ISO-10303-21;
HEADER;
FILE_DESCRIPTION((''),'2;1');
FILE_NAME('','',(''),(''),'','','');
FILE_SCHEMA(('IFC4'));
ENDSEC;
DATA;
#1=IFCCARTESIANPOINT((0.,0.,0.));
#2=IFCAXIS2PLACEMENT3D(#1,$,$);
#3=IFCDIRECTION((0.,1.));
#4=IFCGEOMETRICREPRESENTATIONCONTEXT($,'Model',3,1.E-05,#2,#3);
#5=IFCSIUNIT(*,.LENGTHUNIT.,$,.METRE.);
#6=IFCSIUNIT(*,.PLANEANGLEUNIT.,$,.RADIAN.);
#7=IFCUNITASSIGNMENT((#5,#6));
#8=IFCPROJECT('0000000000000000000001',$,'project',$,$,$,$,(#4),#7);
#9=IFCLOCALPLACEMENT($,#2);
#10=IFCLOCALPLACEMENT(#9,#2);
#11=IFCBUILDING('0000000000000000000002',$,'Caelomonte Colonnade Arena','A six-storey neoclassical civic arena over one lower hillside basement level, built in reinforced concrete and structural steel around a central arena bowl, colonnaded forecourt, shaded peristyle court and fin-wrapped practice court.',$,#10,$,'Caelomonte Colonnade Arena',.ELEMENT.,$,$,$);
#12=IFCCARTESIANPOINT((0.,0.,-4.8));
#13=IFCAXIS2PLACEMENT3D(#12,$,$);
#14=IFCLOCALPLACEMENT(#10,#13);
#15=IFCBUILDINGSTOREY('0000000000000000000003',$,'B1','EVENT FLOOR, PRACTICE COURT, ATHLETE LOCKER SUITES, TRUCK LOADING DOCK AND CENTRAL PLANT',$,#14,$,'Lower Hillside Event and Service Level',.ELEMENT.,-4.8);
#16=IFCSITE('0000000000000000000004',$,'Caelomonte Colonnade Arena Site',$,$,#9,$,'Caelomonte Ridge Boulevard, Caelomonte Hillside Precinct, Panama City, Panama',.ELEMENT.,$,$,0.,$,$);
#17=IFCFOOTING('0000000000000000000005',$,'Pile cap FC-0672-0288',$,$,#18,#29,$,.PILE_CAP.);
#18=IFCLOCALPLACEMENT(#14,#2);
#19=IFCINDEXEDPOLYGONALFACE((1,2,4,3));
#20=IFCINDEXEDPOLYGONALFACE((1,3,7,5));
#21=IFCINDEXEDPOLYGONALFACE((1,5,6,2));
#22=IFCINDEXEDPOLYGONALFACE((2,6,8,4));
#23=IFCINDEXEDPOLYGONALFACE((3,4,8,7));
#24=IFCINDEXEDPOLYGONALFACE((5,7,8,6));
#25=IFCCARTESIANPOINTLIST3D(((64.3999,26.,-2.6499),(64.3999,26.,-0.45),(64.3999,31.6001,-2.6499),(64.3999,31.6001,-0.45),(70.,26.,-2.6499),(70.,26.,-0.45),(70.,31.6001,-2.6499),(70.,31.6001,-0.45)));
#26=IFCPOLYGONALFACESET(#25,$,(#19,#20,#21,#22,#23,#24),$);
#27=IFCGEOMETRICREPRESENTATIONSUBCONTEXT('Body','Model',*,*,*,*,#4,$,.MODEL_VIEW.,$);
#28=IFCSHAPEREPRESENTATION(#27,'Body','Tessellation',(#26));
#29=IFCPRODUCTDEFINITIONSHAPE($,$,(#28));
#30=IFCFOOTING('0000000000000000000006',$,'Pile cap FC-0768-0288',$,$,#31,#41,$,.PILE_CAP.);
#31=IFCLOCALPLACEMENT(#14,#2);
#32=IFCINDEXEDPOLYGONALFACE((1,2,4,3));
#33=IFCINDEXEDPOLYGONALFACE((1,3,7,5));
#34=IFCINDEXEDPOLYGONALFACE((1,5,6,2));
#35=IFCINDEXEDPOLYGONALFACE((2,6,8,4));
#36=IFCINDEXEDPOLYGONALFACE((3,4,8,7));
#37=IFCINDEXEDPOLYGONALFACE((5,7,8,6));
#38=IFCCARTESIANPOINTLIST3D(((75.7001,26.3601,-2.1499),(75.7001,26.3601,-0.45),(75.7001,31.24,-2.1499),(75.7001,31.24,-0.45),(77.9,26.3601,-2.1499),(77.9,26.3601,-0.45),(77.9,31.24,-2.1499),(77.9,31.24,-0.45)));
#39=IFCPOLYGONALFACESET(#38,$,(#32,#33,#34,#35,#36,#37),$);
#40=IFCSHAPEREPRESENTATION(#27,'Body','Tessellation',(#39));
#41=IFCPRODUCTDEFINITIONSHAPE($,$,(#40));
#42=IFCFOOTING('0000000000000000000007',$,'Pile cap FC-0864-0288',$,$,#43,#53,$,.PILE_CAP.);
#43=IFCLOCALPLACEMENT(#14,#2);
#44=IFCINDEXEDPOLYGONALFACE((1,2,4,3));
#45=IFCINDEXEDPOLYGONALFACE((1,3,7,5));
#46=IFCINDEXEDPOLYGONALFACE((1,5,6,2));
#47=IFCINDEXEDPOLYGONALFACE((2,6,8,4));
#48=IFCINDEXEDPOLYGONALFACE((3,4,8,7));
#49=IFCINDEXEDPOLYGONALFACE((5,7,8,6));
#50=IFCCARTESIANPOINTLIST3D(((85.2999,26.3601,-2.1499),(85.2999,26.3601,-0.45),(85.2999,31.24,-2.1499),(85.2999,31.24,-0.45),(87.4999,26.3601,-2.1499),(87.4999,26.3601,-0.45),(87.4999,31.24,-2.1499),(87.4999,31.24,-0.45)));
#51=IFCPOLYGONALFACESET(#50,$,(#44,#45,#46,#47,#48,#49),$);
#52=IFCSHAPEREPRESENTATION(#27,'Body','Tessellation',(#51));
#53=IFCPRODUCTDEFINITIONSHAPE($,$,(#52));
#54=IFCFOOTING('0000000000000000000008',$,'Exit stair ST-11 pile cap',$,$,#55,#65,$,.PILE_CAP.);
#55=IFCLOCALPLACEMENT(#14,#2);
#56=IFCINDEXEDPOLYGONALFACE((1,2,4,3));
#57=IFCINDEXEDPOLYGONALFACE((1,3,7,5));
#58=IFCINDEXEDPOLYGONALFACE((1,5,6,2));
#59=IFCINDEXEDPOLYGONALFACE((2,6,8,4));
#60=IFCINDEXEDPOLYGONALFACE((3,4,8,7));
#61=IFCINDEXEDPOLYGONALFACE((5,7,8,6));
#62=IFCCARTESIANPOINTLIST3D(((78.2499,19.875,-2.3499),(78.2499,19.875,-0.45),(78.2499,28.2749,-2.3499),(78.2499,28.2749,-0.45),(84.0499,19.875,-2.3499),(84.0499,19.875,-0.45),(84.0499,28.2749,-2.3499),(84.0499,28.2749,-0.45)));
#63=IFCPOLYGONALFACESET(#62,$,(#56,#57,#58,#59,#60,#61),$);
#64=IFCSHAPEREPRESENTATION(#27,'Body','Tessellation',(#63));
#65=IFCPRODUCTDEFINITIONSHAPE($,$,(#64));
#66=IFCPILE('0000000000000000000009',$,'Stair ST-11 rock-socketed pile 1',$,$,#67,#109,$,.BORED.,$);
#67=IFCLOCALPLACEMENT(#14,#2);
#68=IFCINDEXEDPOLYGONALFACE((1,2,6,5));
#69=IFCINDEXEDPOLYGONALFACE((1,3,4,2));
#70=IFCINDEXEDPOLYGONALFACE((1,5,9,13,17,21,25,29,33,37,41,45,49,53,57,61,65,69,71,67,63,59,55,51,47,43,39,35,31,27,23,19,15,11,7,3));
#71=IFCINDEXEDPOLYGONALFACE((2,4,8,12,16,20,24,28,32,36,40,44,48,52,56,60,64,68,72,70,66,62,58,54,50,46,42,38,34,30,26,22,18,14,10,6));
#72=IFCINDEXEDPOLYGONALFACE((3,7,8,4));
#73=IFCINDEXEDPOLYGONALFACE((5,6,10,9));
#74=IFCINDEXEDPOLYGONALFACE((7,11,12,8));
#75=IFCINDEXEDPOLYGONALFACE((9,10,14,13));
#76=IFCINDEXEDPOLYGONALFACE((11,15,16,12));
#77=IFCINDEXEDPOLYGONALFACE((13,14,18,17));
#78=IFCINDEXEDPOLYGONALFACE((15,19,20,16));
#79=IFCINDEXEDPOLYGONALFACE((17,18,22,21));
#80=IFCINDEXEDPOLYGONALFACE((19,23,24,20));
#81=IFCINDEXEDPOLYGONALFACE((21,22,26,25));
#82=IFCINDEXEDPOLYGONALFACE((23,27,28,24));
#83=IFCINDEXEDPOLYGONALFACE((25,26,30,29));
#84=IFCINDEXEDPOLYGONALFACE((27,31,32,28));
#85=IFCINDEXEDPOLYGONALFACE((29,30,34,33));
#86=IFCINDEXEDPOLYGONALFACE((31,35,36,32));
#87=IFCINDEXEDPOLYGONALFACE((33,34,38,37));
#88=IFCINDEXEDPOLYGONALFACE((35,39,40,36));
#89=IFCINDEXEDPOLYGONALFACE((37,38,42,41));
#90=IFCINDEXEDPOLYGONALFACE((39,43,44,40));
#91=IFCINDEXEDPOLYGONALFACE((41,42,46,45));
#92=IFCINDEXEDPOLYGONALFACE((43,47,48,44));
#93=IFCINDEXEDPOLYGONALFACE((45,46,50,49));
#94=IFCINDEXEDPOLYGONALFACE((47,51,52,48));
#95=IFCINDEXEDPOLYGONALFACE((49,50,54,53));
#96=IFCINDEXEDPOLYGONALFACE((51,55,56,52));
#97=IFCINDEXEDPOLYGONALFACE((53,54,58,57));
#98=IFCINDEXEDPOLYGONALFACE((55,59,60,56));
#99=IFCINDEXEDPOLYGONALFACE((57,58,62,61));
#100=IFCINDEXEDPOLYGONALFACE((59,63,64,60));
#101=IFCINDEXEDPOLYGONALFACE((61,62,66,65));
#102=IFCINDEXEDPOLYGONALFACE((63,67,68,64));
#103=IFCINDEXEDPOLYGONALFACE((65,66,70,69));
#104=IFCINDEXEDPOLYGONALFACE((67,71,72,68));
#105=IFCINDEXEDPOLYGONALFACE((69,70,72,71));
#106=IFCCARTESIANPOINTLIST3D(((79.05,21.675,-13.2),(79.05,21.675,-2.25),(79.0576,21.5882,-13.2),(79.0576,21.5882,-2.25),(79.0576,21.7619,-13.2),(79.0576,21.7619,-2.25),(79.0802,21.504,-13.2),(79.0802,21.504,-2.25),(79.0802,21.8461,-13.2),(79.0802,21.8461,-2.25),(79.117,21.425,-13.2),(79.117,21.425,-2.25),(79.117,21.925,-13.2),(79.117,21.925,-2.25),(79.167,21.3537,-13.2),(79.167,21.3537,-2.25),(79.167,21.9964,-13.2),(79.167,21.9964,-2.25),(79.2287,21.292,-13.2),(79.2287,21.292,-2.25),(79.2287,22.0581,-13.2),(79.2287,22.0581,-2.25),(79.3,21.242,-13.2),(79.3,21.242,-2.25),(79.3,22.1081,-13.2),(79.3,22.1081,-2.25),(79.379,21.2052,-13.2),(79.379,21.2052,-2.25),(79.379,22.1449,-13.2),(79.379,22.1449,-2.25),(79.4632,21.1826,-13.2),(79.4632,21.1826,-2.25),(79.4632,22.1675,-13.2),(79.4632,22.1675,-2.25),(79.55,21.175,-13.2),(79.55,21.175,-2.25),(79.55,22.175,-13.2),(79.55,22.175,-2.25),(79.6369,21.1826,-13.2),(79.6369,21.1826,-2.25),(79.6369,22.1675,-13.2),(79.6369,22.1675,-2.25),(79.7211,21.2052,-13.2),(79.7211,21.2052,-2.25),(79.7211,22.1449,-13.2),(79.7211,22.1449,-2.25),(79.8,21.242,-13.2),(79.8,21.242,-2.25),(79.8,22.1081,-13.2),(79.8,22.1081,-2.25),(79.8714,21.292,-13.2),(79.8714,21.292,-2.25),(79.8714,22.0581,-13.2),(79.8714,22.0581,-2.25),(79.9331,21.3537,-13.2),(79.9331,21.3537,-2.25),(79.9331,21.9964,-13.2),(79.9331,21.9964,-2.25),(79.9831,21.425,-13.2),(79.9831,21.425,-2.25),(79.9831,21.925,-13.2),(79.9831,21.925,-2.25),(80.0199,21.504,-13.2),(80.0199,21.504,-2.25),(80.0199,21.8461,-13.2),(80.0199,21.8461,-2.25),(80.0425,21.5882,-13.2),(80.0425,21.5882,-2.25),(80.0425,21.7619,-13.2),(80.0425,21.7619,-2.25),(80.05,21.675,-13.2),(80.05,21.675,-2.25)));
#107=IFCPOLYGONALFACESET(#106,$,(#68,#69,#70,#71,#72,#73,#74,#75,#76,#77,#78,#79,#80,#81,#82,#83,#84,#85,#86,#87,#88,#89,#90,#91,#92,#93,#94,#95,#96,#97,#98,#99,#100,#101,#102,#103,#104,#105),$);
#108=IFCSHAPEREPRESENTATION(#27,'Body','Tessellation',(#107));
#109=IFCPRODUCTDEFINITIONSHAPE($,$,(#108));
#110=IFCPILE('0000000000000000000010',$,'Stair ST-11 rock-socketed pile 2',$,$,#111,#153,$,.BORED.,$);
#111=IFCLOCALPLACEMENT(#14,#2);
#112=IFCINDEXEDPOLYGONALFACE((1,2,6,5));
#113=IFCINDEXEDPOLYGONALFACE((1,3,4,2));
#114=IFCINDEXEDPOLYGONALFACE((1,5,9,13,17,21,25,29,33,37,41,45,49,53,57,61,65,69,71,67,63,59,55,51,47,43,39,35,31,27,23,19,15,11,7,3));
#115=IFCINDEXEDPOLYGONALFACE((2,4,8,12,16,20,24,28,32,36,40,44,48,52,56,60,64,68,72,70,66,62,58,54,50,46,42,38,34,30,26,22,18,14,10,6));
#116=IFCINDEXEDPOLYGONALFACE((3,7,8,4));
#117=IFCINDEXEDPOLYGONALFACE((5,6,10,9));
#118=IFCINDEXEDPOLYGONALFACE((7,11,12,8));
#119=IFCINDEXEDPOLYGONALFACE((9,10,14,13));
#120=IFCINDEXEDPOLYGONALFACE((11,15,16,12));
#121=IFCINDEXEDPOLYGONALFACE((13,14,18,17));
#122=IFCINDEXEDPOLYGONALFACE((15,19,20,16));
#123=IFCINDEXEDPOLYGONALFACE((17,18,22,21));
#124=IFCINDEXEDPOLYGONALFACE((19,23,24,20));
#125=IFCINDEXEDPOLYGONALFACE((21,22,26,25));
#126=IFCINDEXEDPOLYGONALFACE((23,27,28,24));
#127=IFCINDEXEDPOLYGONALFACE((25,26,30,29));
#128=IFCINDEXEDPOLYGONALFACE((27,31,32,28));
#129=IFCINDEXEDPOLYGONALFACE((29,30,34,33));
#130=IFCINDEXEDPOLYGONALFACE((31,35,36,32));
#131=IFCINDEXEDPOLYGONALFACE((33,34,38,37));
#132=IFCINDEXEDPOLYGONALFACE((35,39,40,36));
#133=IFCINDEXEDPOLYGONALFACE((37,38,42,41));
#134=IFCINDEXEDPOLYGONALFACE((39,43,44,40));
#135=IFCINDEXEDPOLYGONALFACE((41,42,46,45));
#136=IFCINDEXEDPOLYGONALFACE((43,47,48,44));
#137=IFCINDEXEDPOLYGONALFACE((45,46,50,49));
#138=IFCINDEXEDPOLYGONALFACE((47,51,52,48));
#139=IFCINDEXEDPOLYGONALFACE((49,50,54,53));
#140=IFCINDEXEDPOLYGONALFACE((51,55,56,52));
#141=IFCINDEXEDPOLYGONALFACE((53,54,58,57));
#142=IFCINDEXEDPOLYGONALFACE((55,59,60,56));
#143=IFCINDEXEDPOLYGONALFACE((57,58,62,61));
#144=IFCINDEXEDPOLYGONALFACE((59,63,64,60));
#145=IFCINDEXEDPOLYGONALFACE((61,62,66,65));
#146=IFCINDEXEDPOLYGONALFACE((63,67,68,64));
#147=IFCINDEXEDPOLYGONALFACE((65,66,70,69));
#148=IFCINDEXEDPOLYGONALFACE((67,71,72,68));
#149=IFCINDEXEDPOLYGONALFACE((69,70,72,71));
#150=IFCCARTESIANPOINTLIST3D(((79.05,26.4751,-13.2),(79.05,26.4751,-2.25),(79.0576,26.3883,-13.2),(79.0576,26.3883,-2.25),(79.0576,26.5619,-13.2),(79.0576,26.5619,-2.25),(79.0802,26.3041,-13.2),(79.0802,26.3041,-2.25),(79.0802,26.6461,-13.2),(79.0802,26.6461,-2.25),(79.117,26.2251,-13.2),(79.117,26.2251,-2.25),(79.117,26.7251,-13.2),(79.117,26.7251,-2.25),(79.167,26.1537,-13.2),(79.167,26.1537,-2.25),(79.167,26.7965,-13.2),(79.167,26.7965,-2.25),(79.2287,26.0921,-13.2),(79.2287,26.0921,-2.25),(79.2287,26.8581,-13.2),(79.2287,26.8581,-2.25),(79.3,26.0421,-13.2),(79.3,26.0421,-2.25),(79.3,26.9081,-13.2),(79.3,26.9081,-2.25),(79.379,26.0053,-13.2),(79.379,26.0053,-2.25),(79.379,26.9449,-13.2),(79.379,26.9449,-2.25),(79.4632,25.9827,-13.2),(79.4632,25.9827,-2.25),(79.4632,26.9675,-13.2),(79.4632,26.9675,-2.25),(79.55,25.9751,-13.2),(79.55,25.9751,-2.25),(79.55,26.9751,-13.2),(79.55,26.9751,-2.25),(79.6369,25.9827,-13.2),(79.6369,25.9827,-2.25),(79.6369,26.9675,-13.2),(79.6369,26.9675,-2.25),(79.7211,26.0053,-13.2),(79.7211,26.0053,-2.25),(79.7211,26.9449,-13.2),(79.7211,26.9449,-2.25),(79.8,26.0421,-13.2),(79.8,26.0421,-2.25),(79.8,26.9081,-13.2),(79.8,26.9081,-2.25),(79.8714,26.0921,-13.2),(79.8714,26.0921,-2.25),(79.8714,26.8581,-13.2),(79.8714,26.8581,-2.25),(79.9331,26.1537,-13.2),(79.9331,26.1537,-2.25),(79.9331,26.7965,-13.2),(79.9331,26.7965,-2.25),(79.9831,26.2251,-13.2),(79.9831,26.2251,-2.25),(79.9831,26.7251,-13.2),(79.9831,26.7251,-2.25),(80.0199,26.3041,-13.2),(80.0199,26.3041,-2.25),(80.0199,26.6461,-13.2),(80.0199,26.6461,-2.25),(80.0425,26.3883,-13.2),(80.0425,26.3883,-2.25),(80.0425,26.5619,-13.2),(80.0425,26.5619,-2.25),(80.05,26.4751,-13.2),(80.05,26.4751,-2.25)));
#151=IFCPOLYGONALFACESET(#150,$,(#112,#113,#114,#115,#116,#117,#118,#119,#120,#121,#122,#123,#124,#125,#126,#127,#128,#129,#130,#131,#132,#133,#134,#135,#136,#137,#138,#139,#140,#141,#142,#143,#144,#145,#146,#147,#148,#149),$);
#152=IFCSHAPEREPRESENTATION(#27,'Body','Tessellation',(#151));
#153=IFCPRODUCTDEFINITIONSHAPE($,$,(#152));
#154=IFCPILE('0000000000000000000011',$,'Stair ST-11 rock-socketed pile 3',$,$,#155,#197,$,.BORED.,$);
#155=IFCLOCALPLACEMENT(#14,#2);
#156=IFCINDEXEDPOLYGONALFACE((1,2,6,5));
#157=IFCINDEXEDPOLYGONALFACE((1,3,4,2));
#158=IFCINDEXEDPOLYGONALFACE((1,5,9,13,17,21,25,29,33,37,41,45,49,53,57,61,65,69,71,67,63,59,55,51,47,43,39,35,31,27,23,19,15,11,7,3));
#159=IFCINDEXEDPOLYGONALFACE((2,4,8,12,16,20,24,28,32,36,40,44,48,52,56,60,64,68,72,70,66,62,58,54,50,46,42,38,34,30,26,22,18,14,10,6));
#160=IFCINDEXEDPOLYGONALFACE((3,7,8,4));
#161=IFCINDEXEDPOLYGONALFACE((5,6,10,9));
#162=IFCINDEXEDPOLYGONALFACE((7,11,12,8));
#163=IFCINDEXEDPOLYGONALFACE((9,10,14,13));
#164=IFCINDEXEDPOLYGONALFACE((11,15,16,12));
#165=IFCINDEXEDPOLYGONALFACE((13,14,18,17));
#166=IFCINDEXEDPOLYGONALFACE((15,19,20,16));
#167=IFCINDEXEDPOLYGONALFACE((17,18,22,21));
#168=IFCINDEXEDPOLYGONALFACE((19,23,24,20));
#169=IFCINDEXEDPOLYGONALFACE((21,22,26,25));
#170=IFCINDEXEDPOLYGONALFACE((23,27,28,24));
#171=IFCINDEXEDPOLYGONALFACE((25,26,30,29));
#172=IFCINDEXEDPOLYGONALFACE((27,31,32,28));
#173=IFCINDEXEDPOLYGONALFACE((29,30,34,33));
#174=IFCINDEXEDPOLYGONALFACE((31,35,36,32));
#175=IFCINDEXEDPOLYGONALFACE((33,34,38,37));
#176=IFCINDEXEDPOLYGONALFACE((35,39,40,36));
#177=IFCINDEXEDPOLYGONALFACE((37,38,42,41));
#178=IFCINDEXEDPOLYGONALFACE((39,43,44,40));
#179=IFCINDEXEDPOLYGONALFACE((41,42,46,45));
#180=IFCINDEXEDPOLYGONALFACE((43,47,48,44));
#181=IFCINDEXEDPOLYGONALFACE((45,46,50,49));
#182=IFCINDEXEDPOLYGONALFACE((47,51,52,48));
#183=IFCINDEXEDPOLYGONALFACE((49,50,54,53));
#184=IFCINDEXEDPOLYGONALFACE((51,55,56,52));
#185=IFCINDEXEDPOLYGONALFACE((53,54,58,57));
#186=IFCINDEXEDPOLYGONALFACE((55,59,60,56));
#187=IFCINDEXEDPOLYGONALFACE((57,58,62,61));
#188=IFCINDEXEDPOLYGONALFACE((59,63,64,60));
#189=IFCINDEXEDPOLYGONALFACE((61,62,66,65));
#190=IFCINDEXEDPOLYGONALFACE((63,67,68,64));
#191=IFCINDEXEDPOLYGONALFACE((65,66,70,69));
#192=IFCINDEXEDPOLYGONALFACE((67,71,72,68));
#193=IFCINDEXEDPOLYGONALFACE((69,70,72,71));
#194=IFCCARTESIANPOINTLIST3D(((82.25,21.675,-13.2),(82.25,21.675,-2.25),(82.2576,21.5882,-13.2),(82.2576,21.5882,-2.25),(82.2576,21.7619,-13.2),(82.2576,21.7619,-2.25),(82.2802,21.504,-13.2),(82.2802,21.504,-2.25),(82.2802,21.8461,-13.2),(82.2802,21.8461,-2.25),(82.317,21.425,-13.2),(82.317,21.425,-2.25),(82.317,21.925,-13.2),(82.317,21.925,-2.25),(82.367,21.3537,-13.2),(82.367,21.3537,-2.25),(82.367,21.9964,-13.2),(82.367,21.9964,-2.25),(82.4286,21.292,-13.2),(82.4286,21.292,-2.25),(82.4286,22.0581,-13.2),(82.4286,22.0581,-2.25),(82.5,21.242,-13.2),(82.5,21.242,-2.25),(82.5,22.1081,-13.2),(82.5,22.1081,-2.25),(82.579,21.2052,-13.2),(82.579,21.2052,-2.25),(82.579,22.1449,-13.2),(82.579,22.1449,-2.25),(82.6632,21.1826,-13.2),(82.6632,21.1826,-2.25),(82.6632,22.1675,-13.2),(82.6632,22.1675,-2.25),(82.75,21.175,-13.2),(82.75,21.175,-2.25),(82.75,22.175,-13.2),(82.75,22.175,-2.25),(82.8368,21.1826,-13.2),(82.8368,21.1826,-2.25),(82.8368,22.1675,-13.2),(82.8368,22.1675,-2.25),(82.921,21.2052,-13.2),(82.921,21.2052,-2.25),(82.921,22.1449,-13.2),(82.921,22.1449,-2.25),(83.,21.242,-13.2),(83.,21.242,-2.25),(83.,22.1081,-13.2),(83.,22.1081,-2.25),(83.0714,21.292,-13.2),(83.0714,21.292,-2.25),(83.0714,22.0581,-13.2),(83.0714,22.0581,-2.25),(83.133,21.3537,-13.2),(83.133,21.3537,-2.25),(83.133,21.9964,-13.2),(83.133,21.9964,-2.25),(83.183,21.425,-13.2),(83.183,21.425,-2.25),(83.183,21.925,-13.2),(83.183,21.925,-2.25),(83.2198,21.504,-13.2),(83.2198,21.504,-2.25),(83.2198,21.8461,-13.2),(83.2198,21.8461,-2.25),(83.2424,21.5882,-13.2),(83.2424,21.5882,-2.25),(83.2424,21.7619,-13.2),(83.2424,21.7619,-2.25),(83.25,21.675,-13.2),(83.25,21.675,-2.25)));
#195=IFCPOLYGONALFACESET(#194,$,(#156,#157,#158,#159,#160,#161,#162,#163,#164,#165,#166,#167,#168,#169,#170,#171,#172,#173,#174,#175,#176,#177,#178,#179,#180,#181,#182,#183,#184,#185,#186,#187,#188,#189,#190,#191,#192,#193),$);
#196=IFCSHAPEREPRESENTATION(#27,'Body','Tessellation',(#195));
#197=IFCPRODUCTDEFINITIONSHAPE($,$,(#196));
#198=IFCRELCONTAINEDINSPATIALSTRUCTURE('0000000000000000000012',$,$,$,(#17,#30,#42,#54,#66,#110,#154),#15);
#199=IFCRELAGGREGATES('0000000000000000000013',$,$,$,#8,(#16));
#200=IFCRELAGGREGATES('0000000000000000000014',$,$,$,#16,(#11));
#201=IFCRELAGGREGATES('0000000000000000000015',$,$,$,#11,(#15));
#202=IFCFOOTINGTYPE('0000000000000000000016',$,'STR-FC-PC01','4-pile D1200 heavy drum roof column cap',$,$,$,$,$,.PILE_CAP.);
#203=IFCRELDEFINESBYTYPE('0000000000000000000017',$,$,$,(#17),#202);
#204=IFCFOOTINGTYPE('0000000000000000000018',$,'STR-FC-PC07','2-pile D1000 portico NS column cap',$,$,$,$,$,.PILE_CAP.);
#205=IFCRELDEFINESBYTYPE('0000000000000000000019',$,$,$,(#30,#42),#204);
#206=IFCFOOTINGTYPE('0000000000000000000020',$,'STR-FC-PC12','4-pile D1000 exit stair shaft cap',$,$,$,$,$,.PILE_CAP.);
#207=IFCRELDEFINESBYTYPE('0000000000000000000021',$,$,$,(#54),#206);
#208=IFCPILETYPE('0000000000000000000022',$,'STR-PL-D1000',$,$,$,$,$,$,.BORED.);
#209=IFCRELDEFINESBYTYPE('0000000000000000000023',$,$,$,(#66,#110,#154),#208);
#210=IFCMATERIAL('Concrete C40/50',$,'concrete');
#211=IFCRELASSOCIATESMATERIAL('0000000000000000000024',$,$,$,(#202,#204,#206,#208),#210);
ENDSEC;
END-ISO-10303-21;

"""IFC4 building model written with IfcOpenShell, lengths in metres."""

from ifc_helpers import new_model, si_unit, direction, frame, origin, origin_2d, place, context, subcontext, project, spatial, rectangle, circle, extrude, material, material_profile, profile_set, type_object, element, save


model = new_model("IFC4")

# Units and contexts
model_context = context("Model", 3, precision=1e-05, world=origin(), true_north=direction((0.0, 1.0)))
body_context = subcontext(model_context, "Body", "Model", "MODEL_VIEW")
ifc_project = project(units=[si_unit("LENGTHUNIT", "METRE"), si_unit("PLANEANGLEUNIT", "RADIAN")], contexts=[model_context])

# Site, building, storey
site_placement = place(None, origin())
site = spatial("IfcSite", under=ifc_project, at=site_placement, Name="Caelomonte Colonnade Arena Site", LongName="Caelomonte Ridge Boulevard, Caelomonte Hillside Precinct, Panama City, Panama", CompositionType="ELEMENT", RefElevation=0.0)
building_placement = place(site_placement, origin())
building = spatial("IfcBuilding", under=site, at=building_placement, Name="Caelomonte Colonnade Arena", Description="A six-storey neoclassical civic arena over one lower hillside basement level, built in reinforced concrete and structural steel around a central arena bowl, colonnaded forecourt, shaded peristyle court and fin-wrapped practice court.", LongName="Caelomonte Colonnade Arena", CompositionType="ELEMENT")
storey_placement = place(building_placement, frame((0.0, 0.0, -4.8)))
storey = spatial("IfcBuildingStorey", under=building, at=storey_placement, Name="B1", Description="EVENT FLOOR, PRACTICE COURT, ATHLETE LOCKER SUITES, TRUCK LOADING DOCK AND CENTRAL PLANT", LongName="Lower Hillside Event and Service Level", CompositionType="ELEMENT", Elevation=-4.8)

# Footings
ifc_material_1 = material(Name="Concrete C40/50", Category="concrete")
footing_type_1 = type_object("IfcFootingType", Name="STR-FC-PC01", Description="4-pile D1200 heavy drum roof column cap", PredefinedType="PILE_CAP", material=ifc_material_1)
footing_1_placement = place(storey_placement, frame((67.2, 28.8, -2.6499), z_axis=(0.0, 0.0, 1.0), x_axis=(1.0, 0.0, 0.0)))
element("IfcFooting", 1, at=footing_1_placement, inside=storey, type_object=footing_type_1, Name="Pile cap FC-0672-0288", PredefinedType="PILE_CAP", context=body_context, shape_type="SweptSolid", body=[
    extrude(rectangle(XDim=5.6001, YDim=5.6001, at=origin_2d()), origin(), (0.0, 0.0, 1.0), 2.2),
])
footing_type_2 = type_object("IfcFootingType", Name="STR-FC-PC07", Description="2-pile D1000 portico NS column cap", PredefinedType="PILE_CAP", material=ifc_material_1)
for number, where, z_axis, x_axis, name in (
    (2, (76.8, 28.8, -2.1499), (0.0, 0.0, 1.0), (1.0, 0.0, 0.0), "Pile cap FC-0768-0288"),
    (3, (86.3999, 28.8, -2.1499), (0.0, 0.0, 1.0), (1.0, 0.0, 0.0), "Pile cap FC-0864-0288"),
):
    element("IfcFooting", number, at=place(storey_placement, frame(where, z_axis=z_axis, x_axis=x_axis)), inside=storey, type_object=footing_type_2, Name=name, PredefinedType="PILE_CAP", context=body_context, shape_type="SweptSolid", body=[
        extrude(rectangle(XDim=2.2, YDim=4.8799, at=origin_2d()), origin(), (0.0, 0.0, 1.0), 1.7),
    ])
footing_type_3 = type_object("IfcFootingType", Name="STR-FC-PC12", Description="4-pile D1000 exit stair shaft cap", PredefinedType="PILE_CAP", material=ifc_material_1)
footing_2_placement = place(storey_placement, frame((81.1499, 24.075, -2.3499), z_axis=(0.0, 0.0, 1.0), x_axis=(1.0, 0.0, 0.0)))
element("IfcFooting", 4, at=footing_2_placement, inside=storey, type_object=footing_type_3, Name="Exit stair ST-11 pile cap", PredefinedType="PILE_CAP", context=body_context, shape_type="SweptSolid", body=[
    extrude(rectangle(XDim=5.8, YDim=8.3999, at=origin_2d()), origin(), (0.0, 0.0, 1.0), 1.8999),
])

# Piles
ifc_material_profile_1 = material_profile(ifc_material_1, circle(Radius=0.5, at=origin_2d()), Name="PILE-D1000")
ifc_profile_set_1 = profile_set([ifc_material_profile_1], Name="Concrete C40/50")
pile_type_1 = type_object("IfcPileType", Name="STR-PL-D1000", PredefinedType="BORED", material=ifc_profile_set_1)
for number, where, z_axis, x_axis, name in (
    (5, (79.55, 21.675, -2.25), (0.0, 0.0, -1.0), (1.0, 0.0, 0.0), "Stair ST-11 rock-socketed pile 1"),
    (6, (79.55, 26.4751, -2.25), (0.0, 0.0, -1.0), (1.0, 0.0, 0.0), "Stair ST-11 rock-socketed pile 2"),
    (7, (82.75, 21.675, -2.25), (0.0, 0.0, -1.0), (1.0, 0.0, 0.0), "Stair ST-11 rock-socketed pile 3"),
):
    element("IfcPile", number, at=place(storey_placement, frame(where, z_axis=z_axis, x_axis=x_axis)), inside=storey, type_object=pile_type_1, Name=name, PredefinedType="BORED", context=body_context, shape_type="SweptSolid", body=[
        extrude(circle(Radius=0.5, at=origin_2d()), origin(), (0.0, 0.0, 1.0), 10.95),
    ])

save(model, "model.ifc")
